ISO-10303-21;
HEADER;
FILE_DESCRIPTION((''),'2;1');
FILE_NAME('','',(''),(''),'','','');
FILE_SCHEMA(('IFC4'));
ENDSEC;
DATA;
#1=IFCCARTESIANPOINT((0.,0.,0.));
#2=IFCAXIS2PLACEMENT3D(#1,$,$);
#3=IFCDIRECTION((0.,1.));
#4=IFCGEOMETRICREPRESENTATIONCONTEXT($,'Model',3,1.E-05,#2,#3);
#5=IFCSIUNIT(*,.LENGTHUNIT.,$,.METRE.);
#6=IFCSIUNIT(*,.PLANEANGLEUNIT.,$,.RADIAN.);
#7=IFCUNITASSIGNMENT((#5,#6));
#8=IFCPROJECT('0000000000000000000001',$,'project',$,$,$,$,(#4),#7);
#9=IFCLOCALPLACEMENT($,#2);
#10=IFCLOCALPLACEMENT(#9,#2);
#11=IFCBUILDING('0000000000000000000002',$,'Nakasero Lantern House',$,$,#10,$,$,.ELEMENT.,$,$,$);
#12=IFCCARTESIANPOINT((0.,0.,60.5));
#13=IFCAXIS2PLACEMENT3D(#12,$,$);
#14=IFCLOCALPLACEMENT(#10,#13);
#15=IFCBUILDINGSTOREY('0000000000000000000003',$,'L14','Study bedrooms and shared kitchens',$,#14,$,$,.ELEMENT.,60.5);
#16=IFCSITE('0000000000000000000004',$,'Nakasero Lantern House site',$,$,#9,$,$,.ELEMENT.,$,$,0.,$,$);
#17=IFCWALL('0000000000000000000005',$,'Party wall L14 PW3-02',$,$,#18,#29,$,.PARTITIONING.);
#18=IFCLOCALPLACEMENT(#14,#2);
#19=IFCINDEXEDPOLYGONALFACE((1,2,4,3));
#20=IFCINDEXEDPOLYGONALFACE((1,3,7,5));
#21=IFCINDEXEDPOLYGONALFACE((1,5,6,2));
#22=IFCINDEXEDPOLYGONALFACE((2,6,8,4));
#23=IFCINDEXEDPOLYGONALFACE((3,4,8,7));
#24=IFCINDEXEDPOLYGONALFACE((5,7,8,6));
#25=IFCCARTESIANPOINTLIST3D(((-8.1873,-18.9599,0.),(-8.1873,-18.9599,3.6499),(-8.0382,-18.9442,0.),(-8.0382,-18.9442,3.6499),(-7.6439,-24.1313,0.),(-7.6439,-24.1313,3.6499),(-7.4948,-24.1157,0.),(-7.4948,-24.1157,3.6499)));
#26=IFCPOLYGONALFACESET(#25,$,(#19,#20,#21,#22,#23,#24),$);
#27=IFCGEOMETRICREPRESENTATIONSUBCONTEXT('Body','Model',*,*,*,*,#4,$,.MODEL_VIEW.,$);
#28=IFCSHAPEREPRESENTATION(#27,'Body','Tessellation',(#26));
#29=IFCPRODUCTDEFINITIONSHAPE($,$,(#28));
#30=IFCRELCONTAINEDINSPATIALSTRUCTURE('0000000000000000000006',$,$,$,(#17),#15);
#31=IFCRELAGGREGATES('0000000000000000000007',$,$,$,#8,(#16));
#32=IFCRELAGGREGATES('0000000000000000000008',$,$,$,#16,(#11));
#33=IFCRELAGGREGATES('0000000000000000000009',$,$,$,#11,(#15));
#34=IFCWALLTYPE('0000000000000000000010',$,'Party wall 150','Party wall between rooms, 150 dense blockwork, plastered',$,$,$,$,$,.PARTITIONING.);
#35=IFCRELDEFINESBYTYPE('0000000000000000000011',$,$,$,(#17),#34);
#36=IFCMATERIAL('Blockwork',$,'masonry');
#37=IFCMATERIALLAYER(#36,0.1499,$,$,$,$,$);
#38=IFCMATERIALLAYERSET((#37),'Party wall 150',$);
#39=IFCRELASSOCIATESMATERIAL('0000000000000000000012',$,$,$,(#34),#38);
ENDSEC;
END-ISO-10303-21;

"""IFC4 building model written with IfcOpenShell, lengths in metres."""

from ifc_helpers import new_model, si_unit, direction, frame, frame_2d, origin, place, context, subcontext, project, spatial, rectangle, extrude, material, layer, layer_set, type_object, element, save


model = new_model("IFC4")

# Units and contexts
model_context = context("Model", 3, precision=1e-05, world=origin(), true_north=direction((0.0, 1.0)))
body_context = subcontext(model_context, "Body", "Model", "MODEL_VIEW")
ifc_project = project(units=[si_unit("LENGTHUNIT", "METRE"), si_unit("PLANEANGLEUNIT", "RADIAN")], contexts=[model_context])

# Site, building, storey
site_placement = place(None, origin())
site = spatial("IfcSite", under=ifc_project, at=site_placement, Name="Nakasero Lantern House site", CompositionType="ELEMENT", RefElevation=0.0)
building_placement = place(site_placement, origin())
building = spatial("IfcBuilding", under=site, at=building_placement, Name="Nakasero Lantern House", CompositionType="ELEMENT")
storey_placement = place(building_placement, frame((0.0, 0.0, 60.5)))
storey = spatial("IfcBuildingStorey", under=building, at=storey_placement, Name="L14", Description="Study bedrooms and shared kitchens", CompositionType="ELEMENT", Elevation=60.5)

# Wall
ifc_material_1 = material(Name="Blockwork", Category="masonry")
ifc_layer_1 = layer(ifc_material_1, 0.1499)
ifc_layer_set_1 = layer_set([ifc_layer_1], Name="Party wall 150")
wall_type_1 = type_object("IfcWallType", Name="Party wall 150", Description="Party wall between rooms, 150 dense blockwork, plastered", PredefinedType="PARTITIONING", material=ifc_layer_set_1)
wall_1_placement = place(storey_placement, frame((-8.1128, -18.9519, 0.0), z_axis=(0.0, 0.0, 1.0), x_axis=(0.104514, -0.994523, 0.0)))
element("IfcWall", 1, at=wall_1_placement, inside=storey, type_object=wall_type_1, Name="Party wall L14 PW3-02", PredefinedType="PARTITIONING", context=body_context, shape_type="SweptSolid", body=[
    extrude(rectangle(XDim=5.2, YDim=0.1499, at=frame_2d((2.6001, 0.0))), origin(), (0.0, 0.0, 1.0), 3.6499),
])

save(model, "model.ifc")
